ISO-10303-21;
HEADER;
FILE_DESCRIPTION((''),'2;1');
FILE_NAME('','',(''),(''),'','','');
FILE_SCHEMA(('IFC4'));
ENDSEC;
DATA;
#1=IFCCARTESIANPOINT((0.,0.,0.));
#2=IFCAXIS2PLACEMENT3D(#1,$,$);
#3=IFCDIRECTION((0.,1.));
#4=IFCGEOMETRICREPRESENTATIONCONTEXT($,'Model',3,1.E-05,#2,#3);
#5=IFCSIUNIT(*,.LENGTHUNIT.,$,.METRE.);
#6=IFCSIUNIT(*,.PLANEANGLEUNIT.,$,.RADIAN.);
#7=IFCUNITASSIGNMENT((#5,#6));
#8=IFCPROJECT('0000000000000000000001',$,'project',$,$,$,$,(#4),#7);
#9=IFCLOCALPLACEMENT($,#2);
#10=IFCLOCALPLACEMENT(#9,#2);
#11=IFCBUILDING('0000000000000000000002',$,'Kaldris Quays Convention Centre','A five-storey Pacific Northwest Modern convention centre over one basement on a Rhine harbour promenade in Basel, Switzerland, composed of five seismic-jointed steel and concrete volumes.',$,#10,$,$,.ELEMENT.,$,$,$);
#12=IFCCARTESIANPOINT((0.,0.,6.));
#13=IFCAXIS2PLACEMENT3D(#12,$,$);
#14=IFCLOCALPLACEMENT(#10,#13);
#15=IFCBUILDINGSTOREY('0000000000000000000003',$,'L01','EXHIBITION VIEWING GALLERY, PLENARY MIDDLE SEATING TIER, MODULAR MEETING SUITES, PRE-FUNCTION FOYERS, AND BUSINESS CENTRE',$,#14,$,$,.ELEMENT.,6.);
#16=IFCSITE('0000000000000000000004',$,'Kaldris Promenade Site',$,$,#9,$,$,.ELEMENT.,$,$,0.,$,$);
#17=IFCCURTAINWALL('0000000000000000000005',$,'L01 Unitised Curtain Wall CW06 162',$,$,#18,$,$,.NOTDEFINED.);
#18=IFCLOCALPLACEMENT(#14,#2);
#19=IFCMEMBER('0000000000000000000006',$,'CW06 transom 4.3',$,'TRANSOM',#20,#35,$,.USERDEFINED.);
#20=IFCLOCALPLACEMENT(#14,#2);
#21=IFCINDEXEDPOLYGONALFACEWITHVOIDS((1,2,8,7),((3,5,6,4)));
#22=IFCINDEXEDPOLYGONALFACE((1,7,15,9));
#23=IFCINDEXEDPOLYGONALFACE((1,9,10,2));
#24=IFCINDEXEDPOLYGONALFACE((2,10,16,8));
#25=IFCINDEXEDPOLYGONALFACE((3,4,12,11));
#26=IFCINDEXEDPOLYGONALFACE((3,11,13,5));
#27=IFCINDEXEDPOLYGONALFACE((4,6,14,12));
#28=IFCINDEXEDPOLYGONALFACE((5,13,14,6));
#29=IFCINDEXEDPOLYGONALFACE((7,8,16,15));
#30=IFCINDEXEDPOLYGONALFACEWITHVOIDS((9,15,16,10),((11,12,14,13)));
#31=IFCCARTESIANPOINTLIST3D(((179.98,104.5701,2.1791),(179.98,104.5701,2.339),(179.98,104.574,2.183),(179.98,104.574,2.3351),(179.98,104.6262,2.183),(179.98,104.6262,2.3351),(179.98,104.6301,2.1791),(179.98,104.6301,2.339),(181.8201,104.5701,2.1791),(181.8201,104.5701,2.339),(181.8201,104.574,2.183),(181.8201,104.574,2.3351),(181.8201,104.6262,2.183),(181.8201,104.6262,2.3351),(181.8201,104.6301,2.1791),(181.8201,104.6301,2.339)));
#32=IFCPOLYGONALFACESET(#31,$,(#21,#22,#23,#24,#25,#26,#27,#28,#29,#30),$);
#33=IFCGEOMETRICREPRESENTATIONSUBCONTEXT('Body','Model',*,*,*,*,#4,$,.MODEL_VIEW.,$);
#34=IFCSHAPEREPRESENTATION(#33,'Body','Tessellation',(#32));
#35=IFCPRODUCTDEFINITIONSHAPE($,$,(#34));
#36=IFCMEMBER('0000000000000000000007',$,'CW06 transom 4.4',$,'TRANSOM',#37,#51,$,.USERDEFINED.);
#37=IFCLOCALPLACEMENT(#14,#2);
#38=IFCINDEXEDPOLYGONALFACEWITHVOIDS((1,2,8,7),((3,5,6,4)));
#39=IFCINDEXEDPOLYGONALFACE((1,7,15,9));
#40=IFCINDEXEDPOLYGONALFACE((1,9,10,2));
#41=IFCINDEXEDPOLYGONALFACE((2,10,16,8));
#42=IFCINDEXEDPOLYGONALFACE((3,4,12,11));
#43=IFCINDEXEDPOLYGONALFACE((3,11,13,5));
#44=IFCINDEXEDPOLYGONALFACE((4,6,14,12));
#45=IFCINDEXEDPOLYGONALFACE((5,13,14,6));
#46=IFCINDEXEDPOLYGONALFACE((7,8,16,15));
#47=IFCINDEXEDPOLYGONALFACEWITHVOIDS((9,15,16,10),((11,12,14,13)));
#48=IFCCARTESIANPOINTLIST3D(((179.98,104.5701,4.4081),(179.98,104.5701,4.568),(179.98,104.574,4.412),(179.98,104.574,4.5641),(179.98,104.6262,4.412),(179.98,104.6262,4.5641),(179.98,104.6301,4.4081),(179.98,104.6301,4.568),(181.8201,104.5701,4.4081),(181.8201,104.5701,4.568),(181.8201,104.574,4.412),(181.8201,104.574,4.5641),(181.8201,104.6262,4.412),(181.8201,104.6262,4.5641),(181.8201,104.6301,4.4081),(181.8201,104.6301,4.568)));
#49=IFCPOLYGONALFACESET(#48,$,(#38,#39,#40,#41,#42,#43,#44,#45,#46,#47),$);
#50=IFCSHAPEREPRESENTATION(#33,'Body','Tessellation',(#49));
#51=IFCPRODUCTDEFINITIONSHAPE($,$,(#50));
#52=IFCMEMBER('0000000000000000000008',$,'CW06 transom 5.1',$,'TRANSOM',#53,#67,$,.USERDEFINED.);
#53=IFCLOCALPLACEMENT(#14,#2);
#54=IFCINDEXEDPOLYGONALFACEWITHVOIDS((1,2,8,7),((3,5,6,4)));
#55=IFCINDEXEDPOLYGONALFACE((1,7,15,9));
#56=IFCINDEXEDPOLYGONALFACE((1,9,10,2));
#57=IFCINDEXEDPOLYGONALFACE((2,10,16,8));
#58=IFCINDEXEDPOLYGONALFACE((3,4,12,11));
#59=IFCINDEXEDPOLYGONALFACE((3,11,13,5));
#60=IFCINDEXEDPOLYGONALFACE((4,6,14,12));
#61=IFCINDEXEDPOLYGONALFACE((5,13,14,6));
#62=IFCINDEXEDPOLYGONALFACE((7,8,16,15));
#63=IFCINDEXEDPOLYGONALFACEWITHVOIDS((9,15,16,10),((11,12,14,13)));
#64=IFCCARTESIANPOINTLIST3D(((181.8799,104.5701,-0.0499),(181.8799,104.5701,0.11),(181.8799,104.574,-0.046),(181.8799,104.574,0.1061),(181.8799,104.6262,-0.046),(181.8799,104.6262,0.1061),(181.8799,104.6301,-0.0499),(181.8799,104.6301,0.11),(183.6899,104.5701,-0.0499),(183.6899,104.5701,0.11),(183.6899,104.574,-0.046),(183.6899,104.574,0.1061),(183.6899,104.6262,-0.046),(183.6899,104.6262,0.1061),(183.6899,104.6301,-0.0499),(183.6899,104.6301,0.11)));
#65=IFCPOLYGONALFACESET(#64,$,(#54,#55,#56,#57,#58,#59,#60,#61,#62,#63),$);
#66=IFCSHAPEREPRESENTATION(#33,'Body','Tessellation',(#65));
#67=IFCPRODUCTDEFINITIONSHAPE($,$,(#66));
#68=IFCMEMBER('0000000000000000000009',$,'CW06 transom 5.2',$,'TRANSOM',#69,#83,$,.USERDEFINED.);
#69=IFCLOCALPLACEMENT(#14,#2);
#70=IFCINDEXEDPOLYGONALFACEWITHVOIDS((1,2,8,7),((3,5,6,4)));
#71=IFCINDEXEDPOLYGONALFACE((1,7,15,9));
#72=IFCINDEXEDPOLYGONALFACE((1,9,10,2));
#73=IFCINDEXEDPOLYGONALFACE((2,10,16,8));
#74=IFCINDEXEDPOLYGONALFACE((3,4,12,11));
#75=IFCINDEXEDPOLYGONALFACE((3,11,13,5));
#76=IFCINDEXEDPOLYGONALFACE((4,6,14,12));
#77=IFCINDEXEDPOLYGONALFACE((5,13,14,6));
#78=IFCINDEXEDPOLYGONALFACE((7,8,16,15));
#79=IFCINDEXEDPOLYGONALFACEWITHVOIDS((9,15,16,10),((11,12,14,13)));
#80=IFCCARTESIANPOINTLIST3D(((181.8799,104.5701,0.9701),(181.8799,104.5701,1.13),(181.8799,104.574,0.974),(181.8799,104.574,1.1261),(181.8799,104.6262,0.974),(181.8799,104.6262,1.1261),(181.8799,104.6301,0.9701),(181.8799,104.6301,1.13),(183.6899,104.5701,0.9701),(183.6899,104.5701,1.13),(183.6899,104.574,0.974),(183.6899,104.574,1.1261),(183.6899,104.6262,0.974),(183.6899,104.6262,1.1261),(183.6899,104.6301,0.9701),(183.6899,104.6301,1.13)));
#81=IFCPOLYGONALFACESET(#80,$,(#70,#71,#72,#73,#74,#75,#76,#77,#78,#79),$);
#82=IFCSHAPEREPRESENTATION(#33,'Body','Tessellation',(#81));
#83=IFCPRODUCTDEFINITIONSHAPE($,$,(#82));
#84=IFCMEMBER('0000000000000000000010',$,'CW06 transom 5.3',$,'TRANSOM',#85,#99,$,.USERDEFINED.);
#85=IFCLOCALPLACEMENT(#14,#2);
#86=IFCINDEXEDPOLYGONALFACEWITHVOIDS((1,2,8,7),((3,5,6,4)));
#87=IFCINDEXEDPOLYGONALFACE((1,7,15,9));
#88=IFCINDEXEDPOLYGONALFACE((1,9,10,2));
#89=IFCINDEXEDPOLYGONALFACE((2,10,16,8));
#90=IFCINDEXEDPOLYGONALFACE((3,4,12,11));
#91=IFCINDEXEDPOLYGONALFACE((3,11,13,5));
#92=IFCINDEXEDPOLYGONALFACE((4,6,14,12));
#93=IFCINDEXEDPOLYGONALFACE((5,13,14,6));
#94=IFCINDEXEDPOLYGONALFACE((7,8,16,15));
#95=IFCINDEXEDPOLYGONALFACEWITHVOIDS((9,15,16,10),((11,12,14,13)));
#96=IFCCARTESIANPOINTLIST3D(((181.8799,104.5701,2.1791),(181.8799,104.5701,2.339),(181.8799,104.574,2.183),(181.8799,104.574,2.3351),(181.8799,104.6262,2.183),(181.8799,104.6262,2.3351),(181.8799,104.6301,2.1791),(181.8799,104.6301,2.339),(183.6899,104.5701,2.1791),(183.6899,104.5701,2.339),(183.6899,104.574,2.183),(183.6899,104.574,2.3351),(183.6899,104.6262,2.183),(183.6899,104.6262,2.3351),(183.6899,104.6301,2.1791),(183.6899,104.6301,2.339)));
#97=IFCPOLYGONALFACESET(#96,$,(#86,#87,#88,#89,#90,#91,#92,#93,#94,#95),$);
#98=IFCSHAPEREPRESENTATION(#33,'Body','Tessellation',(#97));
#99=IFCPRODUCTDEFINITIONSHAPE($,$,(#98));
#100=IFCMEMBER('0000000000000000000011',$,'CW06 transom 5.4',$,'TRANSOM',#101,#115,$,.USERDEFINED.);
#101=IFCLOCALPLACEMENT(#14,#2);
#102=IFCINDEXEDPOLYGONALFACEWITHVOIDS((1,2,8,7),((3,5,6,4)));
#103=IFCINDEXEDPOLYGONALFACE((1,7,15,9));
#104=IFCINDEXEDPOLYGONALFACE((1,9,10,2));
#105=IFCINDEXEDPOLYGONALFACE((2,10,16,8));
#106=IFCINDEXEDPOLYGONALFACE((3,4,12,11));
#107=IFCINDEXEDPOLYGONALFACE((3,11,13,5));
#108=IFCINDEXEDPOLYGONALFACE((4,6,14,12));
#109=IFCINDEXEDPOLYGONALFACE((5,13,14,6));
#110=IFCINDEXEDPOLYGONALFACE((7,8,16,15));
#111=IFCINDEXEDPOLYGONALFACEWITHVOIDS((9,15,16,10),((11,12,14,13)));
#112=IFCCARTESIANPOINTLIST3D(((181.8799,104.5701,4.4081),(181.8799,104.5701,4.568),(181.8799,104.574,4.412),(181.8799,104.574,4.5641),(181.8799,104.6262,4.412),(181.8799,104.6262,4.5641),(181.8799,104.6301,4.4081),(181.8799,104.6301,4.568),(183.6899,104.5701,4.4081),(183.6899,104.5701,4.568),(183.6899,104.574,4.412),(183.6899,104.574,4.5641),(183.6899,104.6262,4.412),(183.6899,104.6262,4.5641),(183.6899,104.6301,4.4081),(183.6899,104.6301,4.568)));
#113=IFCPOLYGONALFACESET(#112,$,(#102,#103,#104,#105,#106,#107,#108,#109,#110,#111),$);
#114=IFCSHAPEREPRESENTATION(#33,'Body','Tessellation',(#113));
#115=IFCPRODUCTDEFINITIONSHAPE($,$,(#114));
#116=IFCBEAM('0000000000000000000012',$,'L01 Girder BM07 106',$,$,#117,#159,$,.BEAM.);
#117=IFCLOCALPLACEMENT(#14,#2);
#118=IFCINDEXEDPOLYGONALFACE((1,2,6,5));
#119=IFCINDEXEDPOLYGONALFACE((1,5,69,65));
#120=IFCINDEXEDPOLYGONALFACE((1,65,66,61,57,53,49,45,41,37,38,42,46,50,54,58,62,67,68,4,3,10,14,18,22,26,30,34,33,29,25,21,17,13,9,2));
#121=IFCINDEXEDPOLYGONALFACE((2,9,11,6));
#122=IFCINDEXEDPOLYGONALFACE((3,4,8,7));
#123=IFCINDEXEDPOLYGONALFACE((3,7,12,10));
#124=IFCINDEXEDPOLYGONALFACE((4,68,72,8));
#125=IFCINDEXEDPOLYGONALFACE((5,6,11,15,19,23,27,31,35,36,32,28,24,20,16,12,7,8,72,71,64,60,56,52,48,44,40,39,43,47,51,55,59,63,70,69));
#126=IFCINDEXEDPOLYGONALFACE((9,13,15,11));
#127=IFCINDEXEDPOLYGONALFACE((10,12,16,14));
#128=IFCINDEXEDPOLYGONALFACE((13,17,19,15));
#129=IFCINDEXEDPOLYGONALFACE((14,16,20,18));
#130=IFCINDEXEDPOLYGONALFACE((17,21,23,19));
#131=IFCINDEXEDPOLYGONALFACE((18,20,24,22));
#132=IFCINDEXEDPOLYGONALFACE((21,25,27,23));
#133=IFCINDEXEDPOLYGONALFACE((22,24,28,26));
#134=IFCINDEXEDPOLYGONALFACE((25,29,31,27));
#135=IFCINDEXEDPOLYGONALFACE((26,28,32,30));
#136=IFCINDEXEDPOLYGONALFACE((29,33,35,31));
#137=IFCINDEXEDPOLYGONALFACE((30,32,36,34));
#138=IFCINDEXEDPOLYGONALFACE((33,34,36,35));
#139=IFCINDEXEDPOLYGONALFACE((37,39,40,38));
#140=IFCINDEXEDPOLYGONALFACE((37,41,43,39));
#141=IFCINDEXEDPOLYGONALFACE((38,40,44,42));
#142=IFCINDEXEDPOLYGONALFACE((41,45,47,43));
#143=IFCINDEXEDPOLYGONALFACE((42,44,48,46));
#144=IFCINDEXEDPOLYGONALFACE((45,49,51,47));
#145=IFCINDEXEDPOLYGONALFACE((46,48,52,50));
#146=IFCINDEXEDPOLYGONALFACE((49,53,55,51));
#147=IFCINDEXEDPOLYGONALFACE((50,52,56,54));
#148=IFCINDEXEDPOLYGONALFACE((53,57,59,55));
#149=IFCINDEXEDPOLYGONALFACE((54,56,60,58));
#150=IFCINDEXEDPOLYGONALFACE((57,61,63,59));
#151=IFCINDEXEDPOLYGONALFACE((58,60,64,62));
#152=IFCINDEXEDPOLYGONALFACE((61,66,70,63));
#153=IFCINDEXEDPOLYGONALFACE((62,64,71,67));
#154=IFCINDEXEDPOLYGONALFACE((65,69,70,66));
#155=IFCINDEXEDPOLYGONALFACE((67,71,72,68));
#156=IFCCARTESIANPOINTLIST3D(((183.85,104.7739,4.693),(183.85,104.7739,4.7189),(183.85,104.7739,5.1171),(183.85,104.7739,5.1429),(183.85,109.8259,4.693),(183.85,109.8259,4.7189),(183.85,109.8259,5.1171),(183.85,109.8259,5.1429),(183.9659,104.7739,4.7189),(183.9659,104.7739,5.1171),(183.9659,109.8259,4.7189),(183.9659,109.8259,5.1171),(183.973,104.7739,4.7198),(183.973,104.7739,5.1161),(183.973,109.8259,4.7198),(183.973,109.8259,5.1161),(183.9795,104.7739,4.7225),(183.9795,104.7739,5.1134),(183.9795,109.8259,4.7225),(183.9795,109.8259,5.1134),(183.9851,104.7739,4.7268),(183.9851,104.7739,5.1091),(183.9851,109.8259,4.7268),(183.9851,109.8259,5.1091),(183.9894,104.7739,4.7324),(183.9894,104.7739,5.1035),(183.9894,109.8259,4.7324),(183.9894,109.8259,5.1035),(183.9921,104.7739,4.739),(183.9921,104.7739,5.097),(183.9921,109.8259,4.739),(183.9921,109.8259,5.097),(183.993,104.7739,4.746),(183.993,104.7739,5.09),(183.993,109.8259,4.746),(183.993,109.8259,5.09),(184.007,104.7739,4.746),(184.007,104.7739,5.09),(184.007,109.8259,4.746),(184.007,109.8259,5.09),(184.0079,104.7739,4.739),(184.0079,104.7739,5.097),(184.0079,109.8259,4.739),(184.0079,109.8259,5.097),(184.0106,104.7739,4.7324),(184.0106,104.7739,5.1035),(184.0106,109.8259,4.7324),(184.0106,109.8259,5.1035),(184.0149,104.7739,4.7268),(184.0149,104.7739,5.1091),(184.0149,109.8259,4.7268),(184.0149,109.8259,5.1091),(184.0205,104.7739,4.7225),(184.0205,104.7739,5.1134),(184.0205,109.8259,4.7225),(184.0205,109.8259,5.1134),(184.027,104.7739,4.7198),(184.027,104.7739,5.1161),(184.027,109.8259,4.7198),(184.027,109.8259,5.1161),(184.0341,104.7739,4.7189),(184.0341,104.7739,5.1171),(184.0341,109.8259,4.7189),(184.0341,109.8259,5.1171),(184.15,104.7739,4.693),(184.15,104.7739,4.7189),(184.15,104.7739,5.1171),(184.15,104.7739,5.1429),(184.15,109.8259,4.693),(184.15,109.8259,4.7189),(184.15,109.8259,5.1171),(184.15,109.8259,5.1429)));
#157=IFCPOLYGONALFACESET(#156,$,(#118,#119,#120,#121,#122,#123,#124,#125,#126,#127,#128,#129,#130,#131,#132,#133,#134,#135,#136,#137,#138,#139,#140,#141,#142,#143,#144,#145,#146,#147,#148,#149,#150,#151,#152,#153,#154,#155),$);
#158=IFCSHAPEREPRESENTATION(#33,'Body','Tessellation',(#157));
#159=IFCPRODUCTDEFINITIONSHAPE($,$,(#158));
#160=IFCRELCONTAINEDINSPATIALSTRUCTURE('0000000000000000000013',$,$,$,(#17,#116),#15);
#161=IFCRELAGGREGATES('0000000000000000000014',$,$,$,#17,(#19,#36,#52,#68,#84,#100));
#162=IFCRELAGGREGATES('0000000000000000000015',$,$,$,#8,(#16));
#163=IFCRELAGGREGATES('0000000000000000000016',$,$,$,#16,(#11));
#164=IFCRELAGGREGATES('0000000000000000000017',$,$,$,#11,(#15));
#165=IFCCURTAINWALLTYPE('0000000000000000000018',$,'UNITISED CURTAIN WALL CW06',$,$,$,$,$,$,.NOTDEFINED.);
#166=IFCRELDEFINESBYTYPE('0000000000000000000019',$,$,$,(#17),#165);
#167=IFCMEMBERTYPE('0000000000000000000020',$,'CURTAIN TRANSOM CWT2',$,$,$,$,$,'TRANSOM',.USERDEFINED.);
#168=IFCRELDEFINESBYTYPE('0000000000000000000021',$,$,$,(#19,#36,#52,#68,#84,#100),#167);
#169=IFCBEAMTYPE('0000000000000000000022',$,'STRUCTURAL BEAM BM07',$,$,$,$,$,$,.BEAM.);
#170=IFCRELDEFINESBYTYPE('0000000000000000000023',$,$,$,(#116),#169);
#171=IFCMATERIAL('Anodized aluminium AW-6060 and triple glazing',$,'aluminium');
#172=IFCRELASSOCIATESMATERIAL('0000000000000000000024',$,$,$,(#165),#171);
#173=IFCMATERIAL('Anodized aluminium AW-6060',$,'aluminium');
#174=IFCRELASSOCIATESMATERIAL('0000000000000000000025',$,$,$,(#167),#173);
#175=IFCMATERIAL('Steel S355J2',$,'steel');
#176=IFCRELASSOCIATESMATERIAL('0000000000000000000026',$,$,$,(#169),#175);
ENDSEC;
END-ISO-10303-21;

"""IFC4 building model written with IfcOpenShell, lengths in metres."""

from ifc_helpers import new_model, si_unit, direction, frame, origin, origin_2d, place, context, subcontext, project, spatial, hollow_rectangle, i_section, extrude, material, material_profile, profile_set, type_object, element, aggregate, save


model = new_model("IFC4")

# Units and contexts
model_context = context("Model", 3, precision=1e-05, world=origin(), true_north=direction((0.0, 1.0)))
body_context = subcontext(model_context, "Body", "Model", "MODEL_VIEW")
ifc_project = project(units=[si_unit("LENGTHUNIT", "METRE"), si_unit("PLANEANGLEUNIT", "RADIAN")], contexts=[model_context])

# Site, building, storey
site_placement = place(None, origin())
site = spatial("IfcSite", under=ifc_project, at=site_placement, Name="Kaldris Promenade Site", CompositionType="ELEMENT", RefElevation=0.0)
building_placement = place(site_placement, origin())
building = spatial("IfcBuilding", under=site, at=building_placement, Name="Kaldris Quays Convention Centre", Description="A five-storey Pacific Northwest Modern convention centre over one basement on a Rhine harbour promenade in Basel, Switzerland, composed of five seismic-jointed steel and concrete volumes.", CompositionType="ELEMENT")
storey_placement = place(building_placement, frame((0.0, 0.0, 6.0)))
storey = spatial("IfcBuildingStorey", under=building, at=storey_placement, Name="L01", Description="EXHIBITION VIEWING GALLERY, PLENARY MIDDLE SEATING TIER, MODULAR MEETING SUITES, PRE-FUNCTION FOYERS, AND BUSINESS CENTRE", CompositionType="ELEMENT", Elevation=6.0)

# Shared definitions
ifc_material_1 = material(Name="Steel S355J2", Category="steel")

# Curtain wall, members
ifc_material_2 = material(Name="Anodized aluminium AW-6060 and triple glazing", Category="aluminium")
curtain_wall_type = type_object("IfcCurtainWallType", Name="UNITISED CURTAIN WALL CW06", PredefinedType="NOTDEFINED", material=ifc_material_2)
curtain_wall_placement = place(storey_placement, origin())
curtain_wall = element("IfcCurtainWall", 1, at=curtain_wall_placement, inside=storey, type_object=curtain_wall_type, Name="L01 Unitised Curtain Wall CW06 162", PredefinedType="NOTDEFINED")
ifc_material_3 = material(Name="Anodized aluminium AW-6060", Category="aluminium")
ifc_material_profile_1 = material_profile(ifc_material_3, hollow_rectangle(XDim=0.0601, YDim=0.1599, WallThickness=0.0039, at=origin_2d()), Name="RHS 160x60x4")
ifc_profile_set_1 = profile_set([ifc_material_profile_1], Name="Anodized aluminium AW-6060")
member_type_1 = type_object("IfcMemberType", Name="CURTAIN TRANSOM CWT2", ElementType="TRANSOM", PredefinedType="USERDEFINED", material=ifc_profile_set_1)
member_1_placement = place(storey_placement, frame((179.98, 104.6001, 2.259), z_axis=(1.0, 0.0, 0.0), x_axis=(0.0, 1.0, 0.0)))
member_1 = element("IfcMember", 2, at=member_1_placement, type_object=member_type_1, Name="CW06 transom 4.3", ObjectType="TRANSOM", PredefinedType="USERDEFINED", context=body_context, shape_type="SweptSolid", body=[
    extrude(hollow_rectangle(XDim=0.0601, YDim=0.1599, WallThickness=0.0039, at=origin_2d()), origin(), (0.0, 0.0, 1.0), 1.8401),
])
member_2_placement = place(storey_placement, frame((179.98, 104.6001, 4.488), z_axis=(1.0, 0.0, 0.0), x_axis=(0.0, 1.0, 0.0)))
member_2 = element("IfcMember", 3, at=member_2_placement, type_object=member_type_1, Name="CW06 transom 4.4", ObjectType="TRANSOM", PredefinedType="USERDEFINED", context=body_context, shape_type="SweptSolid", body=[
    extrude(hollow_rectangle(XDim=0.0601, YDim=0.1599, WallThickness=0.0039, at=origin_2d()), origin(), (0.0, 0.0, 1.0), 1.8401),
])
member_3_placement = place(storey_placement, frame((181.8799, 104.6001, 0.03), z_axis=(1.0, 0.0, 0.0), x_axis=(0.0, 1.0, 0.0)))
member_3 = element("IfcMember", 4, at=member_3_placement, type_object=member_type_1, Name="CW06 transom 5.1", ObjectType="TRANSOM", PredefinedType="USERDEFINED", context=body_context, shape_type="SweptSolid", body=[
    extrude(hollow_rectangle(XDim=0.0601, YDim=0.1599, WallThickness=0.0039, at=origin_2d()), origin(), (0.0, 0.0, 1.0), 1.8101),
])
member_4_placement = place(storey_placement, frame((181.8799, 104.6001, 1.05), z_axis=(1.0, 0.0, 0.0), x_axis=(0.0, 1.0, 0.0)))
member_4 = element("IfcMember", 5, at=member_4_placement, type_object=member_type_1, Name="CW06 transom 5.2", ObjectType="TRANSOM", PredefinedType="USERDEFINED", context=body_context, shape_type="SweptSolid", body=[
    extrude(hollow_rectangle(XDim=0.0601, YDim=0.1599, WallThickness=0.0039, at=origin_2d()), origin(), (0.0, 0.0, 1.0), 1.8101),
])
member_5_placement = place(storey_placement, frame((181.8799, 104.6001, 2.259), z_axis=(1.0, 0.0, 0.0), x_axis=(0.0, 1.0, 0.0)))
member_5 = element("IfcMember", 6, at=member_5_placement, type_object=member_type_1, Name="CW06 transom 5.3", ObjectType="TRANSOM", PredefinedType="USERDEFINED", context=body_context, shape_type="SweptSolid", body=[
    extrude(hollow_rectangle(XDim=0.0601, YDim=0.1599, WallThickness=0.0039, at=origin_2d()), origin(), (0.0, 0.0, 1.0), 1.8101),
])
member_6_placement = place(storey_placement, frame((181.8799, 104.6001, 4.488), z_axis=(1.0, 0.0, 0.0), x_axis=(0.0, 1.0, 0.0)))
member_6 = element("IfcMember", 7, at=member_6_placement, type_object=member_type_1, Name="CW06 transom 5.4", ObjectType="TRANSOM", PredefinedType="USERDEFINED", context=body_context, shape_type="SweptSolid", body=[
    extrude(hollow_rectangle(XDim=0.0601, YDim=0.1599, WallThickness=0.0039, at=origin_2d()), origin(), (0.0, 0.0, 1.0), 1.8101),
])

# Beam
ifc_material_profile_2 = material_profile(ifc_material_1, i_section(OverallWidth=0.3, OverallDepth=0.45, WebThickness=0.0139, FlangeThickness=0.0259, FilletRadius=0.0271, at=origin_2d()), Name="HEB 450")
ifc_profile_set_2 = profile_set([ifc_material_profile_2], Name="Steel S355J2")
beam_type_1 = type_object("IfcBeamType", Name="STRUCTURAL BEAM BM07", PredefinedType="BEAM", material=ifc_profile_set_2)
beam_1_placement = place(storey_placement, frame((184.0, 104.7739, 4.918), z_axis=(0.0, 1.0, 0.0), x_axis=(-1.0, 0.0, 0.0)))
element("IfcBeam", 8, at=beam_1_placement, inside=storey, type_object=beam_type_1, Name="L01 Girder BM07 106", PredefinedType="BEAM", context=body_context, shape_type="SweptSolid", body=[
    extrude(i_section(OverallWidth=0.3, OverallDepth=0.45, WebThickness=0.0139, FlangeThickness=0.0259, FilletRadius=0.0271, at=origin_2d()), origin(), (0.0, 0.0, 1.0), 5.052),
])

aggregate(curtain_wall, [member_1, member_2, member_3, member_4, member_5, member_6])

save(model, "model.ifc")
